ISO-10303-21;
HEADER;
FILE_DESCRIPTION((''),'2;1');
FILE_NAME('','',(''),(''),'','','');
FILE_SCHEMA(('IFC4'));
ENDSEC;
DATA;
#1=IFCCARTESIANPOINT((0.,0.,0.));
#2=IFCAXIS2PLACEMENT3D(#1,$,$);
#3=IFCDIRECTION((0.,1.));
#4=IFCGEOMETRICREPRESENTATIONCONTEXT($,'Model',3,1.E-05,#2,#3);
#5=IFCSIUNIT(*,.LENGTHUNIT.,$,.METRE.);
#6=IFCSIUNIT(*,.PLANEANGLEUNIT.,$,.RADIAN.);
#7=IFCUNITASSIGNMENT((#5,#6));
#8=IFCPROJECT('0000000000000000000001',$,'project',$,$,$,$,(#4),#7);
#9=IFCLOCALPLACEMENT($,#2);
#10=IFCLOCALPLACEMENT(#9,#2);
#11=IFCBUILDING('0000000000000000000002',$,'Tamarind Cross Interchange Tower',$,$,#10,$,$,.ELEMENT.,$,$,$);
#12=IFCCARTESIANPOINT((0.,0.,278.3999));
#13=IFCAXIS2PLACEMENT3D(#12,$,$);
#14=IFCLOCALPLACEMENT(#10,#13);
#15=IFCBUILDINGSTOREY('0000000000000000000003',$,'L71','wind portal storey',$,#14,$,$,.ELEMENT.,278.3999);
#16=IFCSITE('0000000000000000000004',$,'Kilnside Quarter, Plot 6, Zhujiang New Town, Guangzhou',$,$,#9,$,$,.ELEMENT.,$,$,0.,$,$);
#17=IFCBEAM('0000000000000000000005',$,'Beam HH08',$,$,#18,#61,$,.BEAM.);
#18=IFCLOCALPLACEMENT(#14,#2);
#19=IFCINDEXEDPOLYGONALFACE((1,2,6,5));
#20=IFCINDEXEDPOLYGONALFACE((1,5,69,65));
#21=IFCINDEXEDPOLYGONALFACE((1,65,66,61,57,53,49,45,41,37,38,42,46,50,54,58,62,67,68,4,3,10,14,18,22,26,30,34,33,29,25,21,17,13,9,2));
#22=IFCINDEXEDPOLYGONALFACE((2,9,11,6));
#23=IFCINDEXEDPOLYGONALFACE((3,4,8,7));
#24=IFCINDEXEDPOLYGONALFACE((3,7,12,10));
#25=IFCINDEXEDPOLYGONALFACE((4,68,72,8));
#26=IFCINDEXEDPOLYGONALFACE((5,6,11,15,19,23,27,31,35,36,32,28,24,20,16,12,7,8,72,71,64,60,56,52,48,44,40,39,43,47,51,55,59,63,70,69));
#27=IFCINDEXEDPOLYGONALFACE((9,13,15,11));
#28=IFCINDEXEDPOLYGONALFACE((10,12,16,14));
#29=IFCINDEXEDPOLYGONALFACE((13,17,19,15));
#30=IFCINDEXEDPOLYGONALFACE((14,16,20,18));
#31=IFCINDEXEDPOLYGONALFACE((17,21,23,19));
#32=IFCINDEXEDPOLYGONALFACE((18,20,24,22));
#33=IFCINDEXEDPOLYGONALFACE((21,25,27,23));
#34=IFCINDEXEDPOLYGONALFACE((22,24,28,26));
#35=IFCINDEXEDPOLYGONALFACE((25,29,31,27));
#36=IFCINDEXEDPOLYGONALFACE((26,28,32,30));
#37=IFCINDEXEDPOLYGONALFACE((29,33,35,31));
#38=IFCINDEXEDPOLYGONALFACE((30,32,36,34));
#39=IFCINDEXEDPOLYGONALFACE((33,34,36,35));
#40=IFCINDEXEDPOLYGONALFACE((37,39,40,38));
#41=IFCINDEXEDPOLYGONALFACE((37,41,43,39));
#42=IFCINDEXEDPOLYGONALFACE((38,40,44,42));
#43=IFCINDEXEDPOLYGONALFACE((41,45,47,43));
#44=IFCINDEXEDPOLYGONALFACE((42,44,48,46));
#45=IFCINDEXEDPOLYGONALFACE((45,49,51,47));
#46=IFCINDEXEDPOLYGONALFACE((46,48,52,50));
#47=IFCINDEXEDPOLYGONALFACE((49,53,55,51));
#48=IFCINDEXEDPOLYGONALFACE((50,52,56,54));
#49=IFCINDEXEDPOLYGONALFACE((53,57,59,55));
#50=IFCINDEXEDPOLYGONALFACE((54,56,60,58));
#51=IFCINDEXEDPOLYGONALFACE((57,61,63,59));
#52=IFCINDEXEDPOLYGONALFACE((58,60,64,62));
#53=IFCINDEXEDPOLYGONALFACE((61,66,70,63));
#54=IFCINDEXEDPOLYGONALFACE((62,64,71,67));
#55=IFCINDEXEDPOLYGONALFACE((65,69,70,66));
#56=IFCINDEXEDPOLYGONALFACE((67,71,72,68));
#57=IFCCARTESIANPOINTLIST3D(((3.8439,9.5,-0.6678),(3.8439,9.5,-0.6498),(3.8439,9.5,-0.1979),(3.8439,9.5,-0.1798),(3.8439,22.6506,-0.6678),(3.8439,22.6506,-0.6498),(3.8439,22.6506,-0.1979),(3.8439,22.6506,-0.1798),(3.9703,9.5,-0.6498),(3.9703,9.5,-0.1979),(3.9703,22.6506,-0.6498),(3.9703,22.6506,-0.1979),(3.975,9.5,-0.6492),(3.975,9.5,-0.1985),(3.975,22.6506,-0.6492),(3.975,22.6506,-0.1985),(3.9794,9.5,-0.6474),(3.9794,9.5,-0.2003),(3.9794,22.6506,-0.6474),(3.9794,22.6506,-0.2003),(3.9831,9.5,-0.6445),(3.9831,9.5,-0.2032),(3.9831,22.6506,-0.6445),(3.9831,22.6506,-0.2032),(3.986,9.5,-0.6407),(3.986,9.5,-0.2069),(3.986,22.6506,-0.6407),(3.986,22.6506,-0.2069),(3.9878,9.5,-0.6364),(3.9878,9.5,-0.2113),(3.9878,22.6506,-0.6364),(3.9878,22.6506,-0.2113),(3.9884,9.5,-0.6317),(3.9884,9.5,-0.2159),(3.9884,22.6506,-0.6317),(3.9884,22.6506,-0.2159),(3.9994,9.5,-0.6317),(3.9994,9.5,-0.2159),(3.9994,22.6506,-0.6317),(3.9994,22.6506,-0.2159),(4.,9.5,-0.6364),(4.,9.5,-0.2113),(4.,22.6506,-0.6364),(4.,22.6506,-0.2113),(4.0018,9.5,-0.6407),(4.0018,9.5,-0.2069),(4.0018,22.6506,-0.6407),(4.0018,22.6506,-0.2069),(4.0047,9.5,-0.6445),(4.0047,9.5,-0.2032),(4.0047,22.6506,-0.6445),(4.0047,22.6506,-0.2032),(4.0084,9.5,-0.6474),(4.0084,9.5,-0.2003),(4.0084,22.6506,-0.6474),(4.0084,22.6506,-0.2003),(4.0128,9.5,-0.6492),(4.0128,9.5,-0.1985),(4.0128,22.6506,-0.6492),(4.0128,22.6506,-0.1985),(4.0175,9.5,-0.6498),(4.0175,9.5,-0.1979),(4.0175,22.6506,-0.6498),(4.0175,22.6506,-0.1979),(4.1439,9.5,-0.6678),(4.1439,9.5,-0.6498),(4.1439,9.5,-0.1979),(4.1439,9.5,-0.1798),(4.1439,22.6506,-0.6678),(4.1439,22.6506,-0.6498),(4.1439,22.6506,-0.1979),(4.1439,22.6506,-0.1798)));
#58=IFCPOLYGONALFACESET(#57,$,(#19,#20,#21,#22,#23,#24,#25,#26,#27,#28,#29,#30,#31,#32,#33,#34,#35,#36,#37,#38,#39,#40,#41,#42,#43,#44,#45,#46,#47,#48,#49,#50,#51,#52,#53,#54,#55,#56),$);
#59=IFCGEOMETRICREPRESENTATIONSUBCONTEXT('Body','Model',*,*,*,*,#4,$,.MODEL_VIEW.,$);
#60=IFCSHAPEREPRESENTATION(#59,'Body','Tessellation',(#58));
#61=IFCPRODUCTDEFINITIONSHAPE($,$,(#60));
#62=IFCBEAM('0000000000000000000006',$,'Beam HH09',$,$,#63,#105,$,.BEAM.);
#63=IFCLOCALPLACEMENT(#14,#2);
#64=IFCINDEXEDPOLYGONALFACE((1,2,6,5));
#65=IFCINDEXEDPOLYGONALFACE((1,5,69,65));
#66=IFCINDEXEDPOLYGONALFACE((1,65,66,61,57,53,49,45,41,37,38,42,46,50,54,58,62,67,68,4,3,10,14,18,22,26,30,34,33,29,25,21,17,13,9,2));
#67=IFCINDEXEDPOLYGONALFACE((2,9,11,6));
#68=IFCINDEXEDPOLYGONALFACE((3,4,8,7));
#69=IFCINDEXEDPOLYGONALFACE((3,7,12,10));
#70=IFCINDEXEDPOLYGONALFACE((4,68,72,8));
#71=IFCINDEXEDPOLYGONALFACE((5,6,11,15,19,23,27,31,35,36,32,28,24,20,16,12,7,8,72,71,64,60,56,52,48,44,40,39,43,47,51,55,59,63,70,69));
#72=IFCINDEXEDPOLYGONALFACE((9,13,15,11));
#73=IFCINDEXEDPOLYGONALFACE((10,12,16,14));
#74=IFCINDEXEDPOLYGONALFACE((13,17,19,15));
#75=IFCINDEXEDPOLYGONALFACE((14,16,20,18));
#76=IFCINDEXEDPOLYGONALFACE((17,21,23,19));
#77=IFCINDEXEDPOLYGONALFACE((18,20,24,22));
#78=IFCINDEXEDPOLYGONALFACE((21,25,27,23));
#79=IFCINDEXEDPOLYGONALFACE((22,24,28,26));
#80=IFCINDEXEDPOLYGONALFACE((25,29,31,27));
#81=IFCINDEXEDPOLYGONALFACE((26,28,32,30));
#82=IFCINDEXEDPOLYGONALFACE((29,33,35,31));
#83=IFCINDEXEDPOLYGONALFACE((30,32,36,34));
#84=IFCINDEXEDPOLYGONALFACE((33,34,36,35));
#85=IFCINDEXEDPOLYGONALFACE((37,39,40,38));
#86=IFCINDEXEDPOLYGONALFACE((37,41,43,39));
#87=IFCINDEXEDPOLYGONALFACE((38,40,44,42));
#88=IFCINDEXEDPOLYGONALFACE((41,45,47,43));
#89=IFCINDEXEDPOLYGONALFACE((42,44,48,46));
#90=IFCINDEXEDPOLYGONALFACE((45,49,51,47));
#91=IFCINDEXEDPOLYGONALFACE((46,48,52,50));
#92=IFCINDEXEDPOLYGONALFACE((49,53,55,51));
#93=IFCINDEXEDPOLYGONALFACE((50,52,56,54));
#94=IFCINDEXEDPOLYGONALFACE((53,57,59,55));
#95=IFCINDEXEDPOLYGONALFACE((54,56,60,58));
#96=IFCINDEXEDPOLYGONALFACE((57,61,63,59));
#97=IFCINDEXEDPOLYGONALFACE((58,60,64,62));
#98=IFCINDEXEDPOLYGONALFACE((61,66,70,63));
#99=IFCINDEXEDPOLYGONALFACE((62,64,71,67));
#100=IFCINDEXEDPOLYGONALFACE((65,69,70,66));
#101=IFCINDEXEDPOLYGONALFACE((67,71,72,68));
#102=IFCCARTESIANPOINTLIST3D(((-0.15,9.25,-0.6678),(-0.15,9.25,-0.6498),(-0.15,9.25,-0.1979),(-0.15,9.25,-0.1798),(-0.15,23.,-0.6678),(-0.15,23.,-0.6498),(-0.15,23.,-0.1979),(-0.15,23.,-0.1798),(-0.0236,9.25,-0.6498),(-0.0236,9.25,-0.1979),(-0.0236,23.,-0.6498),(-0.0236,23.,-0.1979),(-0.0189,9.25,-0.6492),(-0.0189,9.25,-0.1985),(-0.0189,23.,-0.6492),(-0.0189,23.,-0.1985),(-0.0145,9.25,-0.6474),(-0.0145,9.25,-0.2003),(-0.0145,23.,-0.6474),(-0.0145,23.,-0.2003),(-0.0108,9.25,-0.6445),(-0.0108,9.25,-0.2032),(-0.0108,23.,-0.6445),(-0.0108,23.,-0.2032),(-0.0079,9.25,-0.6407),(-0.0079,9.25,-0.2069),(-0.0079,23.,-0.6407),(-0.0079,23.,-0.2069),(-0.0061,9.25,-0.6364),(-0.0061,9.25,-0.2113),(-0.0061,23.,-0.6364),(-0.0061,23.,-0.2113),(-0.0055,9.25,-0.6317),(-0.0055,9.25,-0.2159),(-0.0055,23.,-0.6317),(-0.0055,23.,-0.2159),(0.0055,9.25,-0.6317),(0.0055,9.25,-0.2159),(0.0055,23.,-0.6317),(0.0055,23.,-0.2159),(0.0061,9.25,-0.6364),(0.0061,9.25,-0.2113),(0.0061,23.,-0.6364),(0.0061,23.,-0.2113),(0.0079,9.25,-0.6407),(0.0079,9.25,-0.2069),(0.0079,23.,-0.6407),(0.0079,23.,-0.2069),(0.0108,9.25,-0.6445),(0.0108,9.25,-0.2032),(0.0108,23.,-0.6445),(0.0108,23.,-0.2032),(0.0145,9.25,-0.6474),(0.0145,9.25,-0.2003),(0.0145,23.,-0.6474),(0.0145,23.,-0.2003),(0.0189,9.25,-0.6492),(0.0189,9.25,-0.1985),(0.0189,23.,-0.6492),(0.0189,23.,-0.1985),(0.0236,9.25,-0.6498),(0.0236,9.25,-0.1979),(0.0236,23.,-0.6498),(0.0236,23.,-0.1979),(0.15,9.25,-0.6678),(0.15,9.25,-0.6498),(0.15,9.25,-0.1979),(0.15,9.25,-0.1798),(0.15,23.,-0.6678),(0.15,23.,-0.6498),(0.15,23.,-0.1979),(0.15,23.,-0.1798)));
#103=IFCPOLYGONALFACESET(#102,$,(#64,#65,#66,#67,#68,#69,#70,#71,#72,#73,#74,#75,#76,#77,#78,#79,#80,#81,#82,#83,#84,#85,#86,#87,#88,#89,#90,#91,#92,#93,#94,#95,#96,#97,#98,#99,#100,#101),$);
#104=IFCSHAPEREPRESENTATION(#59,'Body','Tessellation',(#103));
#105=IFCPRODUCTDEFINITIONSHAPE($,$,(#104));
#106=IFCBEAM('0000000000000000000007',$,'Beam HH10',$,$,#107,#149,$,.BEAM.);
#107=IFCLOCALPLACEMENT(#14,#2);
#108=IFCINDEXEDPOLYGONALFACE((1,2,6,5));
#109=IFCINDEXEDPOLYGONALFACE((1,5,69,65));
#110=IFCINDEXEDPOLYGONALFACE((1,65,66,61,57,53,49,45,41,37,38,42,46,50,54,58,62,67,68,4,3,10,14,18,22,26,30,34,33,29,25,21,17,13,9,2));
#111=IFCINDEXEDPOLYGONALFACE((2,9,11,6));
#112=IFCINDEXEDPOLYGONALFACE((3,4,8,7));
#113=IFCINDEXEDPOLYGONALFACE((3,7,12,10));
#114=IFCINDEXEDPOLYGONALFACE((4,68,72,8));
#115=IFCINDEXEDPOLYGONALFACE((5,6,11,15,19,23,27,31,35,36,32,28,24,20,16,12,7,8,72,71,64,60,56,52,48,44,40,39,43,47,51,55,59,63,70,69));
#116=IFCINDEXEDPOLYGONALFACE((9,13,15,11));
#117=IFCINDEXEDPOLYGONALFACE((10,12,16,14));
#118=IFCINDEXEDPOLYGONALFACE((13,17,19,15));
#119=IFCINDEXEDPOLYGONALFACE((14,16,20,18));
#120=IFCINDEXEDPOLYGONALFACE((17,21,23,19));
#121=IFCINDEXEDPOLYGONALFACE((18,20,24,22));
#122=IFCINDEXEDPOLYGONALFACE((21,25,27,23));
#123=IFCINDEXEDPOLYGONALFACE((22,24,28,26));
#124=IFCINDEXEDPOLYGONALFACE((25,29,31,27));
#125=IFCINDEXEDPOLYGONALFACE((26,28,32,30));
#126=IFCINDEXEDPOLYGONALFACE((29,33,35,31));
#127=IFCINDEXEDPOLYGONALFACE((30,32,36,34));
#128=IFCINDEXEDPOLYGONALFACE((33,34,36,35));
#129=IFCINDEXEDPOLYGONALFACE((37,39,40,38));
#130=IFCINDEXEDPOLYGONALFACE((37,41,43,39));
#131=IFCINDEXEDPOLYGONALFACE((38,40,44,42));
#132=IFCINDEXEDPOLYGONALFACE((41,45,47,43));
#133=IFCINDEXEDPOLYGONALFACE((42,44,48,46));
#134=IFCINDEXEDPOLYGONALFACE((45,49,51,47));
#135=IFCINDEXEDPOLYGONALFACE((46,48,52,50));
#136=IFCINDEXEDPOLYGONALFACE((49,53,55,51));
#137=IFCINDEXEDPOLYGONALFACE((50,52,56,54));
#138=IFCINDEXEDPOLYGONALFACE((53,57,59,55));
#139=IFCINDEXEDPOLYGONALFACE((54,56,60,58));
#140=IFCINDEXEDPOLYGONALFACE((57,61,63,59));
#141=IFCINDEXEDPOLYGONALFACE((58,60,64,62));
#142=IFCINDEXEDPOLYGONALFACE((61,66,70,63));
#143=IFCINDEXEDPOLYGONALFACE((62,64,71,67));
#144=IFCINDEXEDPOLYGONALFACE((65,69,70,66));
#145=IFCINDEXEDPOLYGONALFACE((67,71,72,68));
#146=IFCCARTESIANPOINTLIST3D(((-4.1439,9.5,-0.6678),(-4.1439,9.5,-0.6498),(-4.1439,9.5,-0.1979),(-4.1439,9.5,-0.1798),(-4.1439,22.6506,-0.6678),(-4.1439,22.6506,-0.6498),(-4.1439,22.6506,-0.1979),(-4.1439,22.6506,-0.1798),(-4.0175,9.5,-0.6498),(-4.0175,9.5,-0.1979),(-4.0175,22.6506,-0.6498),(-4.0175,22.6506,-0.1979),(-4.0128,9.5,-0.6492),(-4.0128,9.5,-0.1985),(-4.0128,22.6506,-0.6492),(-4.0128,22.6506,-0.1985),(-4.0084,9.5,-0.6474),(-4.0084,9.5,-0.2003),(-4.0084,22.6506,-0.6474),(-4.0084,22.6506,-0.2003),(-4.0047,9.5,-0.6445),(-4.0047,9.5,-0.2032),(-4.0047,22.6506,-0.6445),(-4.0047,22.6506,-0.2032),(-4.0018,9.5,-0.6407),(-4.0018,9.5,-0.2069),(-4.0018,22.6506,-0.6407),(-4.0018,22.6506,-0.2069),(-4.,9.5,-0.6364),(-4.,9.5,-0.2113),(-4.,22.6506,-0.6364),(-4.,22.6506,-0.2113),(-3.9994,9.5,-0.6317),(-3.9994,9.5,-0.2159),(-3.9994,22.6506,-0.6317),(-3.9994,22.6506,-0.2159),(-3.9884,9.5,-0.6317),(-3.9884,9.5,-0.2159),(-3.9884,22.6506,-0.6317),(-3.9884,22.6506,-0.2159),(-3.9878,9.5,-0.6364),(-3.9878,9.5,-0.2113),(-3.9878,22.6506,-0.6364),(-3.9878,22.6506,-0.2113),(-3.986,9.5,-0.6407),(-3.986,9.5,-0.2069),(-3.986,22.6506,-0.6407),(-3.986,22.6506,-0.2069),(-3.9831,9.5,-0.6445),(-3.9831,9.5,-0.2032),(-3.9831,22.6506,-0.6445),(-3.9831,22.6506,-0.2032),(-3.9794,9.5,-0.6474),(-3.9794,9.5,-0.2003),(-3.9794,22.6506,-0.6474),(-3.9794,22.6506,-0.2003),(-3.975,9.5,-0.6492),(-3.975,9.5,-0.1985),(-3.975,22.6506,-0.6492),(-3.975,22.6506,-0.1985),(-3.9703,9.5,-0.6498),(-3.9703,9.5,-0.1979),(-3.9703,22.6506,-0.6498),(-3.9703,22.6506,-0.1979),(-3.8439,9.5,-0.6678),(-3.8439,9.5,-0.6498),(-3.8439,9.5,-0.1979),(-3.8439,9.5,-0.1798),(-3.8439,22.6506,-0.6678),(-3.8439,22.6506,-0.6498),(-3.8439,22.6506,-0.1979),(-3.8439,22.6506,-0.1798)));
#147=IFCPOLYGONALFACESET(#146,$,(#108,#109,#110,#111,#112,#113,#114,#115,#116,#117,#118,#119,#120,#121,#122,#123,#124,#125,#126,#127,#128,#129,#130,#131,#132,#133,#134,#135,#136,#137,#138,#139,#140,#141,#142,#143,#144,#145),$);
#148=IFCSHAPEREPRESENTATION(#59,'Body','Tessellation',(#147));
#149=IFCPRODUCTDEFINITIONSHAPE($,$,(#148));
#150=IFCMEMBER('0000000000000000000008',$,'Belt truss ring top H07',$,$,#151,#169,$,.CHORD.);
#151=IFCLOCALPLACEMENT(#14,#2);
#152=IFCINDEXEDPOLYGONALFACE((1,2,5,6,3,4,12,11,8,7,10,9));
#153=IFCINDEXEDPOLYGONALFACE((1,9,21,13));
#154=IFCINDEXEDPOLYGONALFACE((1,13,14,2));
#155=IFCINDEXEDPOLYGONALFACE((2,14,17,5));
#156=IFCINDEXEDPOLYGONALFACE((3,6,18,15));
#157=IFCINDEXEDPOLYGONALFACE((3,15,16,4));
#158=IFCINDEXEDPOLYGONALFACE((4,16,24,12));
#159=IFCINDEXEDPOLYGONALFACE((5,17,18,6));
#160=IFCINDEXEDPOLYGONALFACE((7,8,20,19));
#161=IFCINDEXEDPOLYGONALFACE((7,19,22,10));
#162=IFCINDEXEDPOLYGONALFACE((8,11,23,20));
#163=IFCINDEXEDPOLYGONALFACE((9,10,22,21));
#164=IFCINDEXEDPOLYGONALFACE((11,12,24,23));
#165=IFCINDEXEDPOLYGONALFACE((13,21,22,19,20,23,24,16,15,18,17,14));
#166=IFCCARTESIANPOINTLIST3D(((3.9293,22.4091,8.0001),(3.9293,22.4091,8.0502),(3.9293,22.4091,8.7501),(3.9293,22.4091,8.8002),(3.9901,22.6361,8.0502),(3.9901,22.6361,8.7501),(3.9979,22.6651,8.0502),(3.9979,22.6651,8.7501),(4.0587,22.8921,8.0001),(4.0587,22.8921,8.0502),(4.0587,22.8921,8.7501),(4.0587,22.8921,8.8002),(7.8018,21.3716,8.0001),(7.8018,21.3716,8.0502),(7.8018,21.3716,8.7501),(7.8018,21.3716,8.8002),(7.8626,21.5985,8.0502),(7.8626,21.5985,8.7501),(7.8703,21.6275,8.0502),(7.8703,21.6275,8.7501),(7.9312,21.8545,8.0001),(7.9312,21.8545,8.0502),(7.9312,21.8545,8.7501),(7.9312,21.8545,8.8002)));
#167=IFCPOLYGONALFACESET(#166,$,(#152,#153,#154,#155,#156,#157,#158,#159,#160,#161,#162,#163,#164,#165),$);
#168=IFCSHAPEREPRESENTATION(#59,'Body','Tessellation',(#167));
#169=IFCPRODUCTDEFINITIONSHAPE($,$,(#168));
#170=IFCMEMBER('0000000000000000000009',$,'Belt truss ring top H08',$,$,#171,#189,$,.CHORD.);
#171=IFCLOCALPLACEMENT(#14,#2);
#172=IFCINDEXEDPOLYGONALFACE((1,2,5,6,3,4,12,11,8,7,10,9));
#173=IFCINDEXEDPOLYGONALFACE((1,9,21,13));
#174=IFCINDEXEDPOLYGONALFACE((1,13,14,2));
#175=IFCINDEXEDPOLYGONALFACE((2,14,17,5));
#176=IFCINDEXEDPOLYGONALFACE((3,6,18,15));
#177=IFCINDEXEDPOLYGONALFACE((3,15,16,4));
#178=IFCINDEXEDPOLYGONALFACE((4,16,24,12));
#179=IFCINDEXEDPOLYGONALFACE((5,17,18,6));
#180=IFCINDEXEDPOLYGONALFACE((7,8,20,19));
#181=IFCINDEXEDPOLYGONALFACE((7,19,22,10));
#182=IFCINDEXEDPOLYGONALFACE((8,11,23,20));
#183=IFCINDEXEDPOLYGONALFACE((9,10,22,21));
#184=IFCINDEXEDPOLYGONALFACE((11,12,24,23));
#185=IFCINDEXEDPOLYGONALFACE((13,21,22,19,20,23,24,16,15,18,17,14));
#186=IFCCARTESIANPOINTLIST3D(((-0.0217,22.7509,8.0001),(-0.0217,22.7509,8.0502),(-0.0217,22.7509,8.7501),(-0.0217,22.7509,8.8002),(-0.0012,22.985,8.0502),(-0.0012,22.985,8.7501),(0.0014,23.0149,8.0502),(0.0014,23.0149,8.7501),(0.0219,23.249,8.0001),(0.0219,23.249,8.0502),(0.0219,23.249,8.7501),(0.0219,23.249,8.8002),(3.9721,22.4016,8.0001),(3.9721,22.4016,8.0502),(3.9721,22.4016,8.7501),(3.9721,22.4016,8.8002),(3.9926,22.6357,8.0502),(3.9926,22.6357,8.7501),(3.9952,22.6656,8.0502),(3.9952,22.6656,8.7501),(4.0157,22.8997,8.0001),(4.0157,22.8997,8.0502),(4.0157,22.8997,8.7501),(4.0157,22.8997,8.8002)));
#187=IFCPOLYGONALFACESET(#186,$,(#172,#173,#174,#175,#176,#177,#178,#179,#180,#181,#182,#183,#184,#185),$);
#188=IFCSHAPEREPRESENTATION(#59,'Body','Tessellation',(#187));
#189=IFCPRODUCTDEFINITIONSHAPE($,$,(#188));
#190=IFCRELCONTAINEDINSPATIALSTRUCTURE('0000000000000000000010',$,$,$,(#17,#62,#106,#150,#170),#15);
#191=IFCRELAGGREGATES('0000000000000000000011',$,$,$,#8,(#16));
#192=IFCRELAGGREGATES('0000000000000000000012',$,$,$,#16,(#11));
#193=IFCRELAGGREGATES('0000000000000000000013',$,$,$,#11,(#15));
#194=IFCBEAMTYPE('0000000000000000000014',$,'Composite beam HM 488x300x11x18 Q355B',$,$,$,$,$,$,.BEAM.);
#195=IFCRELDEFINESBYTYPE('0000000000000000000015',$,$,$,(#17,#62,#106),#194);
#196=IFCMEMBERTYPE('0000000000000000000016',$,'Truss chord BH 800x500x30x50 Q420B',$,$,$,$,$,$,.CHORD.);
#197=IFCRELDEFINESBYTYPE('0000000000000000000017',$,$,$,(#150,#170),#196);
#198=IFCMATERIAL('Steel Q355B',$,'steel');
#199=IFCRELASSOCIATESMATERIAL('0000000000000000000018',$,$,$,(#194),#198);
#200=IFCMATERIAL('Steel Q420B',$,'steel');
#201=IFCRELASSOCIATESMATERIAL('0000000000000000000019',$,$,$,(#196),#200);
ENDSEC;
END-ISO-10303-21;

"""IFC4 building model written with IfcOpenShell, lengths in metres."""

from ifc_helpers import new_model, si_unit, direction, frame, origin, origin_2d, place, context, subcontext, project, spatial, i_section, extrude, material, material_profile, profile_set, type_object, element, save


model = new_model("IFC4")

# Units and contexts
model_context = context("Model", 3, precision=1e-05, world=origin(), true_north=direction((0.0, 1.0)))
body_context = subcontext(model_context, "Body", "Model", "MODEL_VIEW")
ifc_project = project(units=[si_unit("LENGTHUNIT", "METRE"), si_unit("PLANEANGLEUNIT", "RADIAN")], contexts=[model_context])

# Site, building, storey
site_placement = place(None, origin())
site = spatial("IfcSite", under=ifc_project, at=site_placement, Name="Kilnside Quarter, Plot 6, Zhujiang New Town, Guangzhou", CompositionType="ELEMENT", RefElevation=0.0)
building_placement = place(site_placement, origin())
building = spatial("IfcBuilding", under=site, at=building_placement, Name="Tamarind Cross Interchange Tower", CompositionType="ELEMENT")
storey_placement = place(building_placement, frame((0.0, 0.0, 278.3999)))
storey = spatial("IfcBuildingStorey", under=building, at=storey_placement, Name="L71", Description="wind portal storey", CompositionType="ELEMENT", Elevation=278.3999)

# Beams
ifc_material_1 = material(Name="Steel Q355B", Category="steel")
ifc_material_profile_1 = material_profile(ifc_material_1, i_section(OverallWidth=0.3, OverallDepth=0.488, WebThickness=0.011, FlangeThickness=0.0181, FilletRadius=0.0181, at=origin_2d()), Name="HM 488x300x11x18")
ifc_profile_set_1 = profile_set([ifc_material_profile_1], Name="Steel Q355B")
beam_type = type_object("IfcBeamType", Name="Composite beam HM 488x300x11x18 Q355B", PredefinedType="BEAM", material=ifc_profile_set_1)
beam_1_placement = place(storey_placement, frame((3.9939, 22.6506, -0.4238), z_axis=(0.0, -1.0, 0.0), x_axis=(1.0, 0.0, 0.0)))
element("IfcBeam", 1, at=beam_1_placement, inside=storey, type_object=beam_type, Name="Beam HH08", PredefinedType="BEAM", context=body_context, shape_type="SweptSolid", body=[
    extrude(i_section(OverallWidth=0.3, OverallDepth=0.488, WebThickness=0.011, FlangeThickness=0.0181, FilletRadius=0.0181, at=origin_2d()), origin(), (0.0, 0.0, 1.0), 13.1506),
])
beam_2_placement = place(storey_placement, frame((0.0, 23.0, -0.4238), z_axis=(0.0, -1.0, 0.0), x_axis=(1.0, 0.0, 0.0)))
element("IfcBeam", 2, at=beam_2_placement, inside=storey, type_object=beam_type, Name="Beam HH09", PredefinedType="BEAM", context=body_context, shape_type="SweptSolid", body=[
    extrude(i_section(OverallWidth=0.3, OverallDepth=0.488, WebThickness=0.011, FlangeThickness=0.0181, FilletRadius=0.0181, at=origin_2d()), origin(), (0.0, 0.0, 1.0), 13.75),
])
beam_3_placement = place(storey_placement, frame((-3.9939, 22.6506, -0.4238), z_axis=(0.0, -1.0, 0.0), x_axis=(1.0, 0.0, 0.0)))
element("IfcBeam", 3, at=beam_3_placement, inside=storey, type_object=beam_type, Name="Beam HH10", PredefinedType="BEAM", context=body_context, shape_type="SweptSolid", body=[
    extrude(i_section(OverallWidth=0.3, OverallDepth=0.488, WebThickness=0.011, FlangeThickness=0.0181, FilletRadius=0.0181, at=origin_2d()), origin(), (0.0, 0.0, 1.0), 13.1506),
])

# Members
ifc_material_2 = material(Name="Steel Q420B", Category="steel")
ifc_material_profile_2 = material_profile(ifc_material_2, i_section(OverallWidth=0.5, OverallDepth=0.8, WebThickness=0.03, FlangeThickness=0.05, at=origin_2d()), Name="BH 800x500x30x50")
ifc_profile_set_2 = profile_set([ifc_material_profile_2], Name="Steel Q420B")
member_type_1 = type_object("IfcMemberType", Name="Truss chord BH 800x500x30x50 Q420B", PredefinedType="CHORD", material=ifc_profile_set_2)
for number, where, z_axis, x_axis, name in (
    (4, (7.8665, 21.613, 8.4001), (-0.965929, 0.258807, 0.0), (-0.258807, -0.965929, 0.0), "Belt truss ring top H07"),
    (5, (3.9939, 22.6506, 8.4001), (-0.996196, 0.087142, 0.0), (-0.087142, -0.996196, 0.0), "Belt truss ring top H08"),
):
    element("IfcMember", number, at=place(storey_placement, frame(where, z_axis=z_axis, x_axis=x_axis)), inside=storey, type_object=member_type_1, Name=name, PredefinedType="CHORD", context=body_context, shape_type="SweptSolid", body=[
        extrude(i_section(OverallWidth=0.5, OverallDepth=0.8, WebThickness=0.03, FlangeThickness=0.05, at=origin_2d()), origin(), (0.0, 0.0, 1.0), 4.009),
    ])

save(model, "model.ifc")
